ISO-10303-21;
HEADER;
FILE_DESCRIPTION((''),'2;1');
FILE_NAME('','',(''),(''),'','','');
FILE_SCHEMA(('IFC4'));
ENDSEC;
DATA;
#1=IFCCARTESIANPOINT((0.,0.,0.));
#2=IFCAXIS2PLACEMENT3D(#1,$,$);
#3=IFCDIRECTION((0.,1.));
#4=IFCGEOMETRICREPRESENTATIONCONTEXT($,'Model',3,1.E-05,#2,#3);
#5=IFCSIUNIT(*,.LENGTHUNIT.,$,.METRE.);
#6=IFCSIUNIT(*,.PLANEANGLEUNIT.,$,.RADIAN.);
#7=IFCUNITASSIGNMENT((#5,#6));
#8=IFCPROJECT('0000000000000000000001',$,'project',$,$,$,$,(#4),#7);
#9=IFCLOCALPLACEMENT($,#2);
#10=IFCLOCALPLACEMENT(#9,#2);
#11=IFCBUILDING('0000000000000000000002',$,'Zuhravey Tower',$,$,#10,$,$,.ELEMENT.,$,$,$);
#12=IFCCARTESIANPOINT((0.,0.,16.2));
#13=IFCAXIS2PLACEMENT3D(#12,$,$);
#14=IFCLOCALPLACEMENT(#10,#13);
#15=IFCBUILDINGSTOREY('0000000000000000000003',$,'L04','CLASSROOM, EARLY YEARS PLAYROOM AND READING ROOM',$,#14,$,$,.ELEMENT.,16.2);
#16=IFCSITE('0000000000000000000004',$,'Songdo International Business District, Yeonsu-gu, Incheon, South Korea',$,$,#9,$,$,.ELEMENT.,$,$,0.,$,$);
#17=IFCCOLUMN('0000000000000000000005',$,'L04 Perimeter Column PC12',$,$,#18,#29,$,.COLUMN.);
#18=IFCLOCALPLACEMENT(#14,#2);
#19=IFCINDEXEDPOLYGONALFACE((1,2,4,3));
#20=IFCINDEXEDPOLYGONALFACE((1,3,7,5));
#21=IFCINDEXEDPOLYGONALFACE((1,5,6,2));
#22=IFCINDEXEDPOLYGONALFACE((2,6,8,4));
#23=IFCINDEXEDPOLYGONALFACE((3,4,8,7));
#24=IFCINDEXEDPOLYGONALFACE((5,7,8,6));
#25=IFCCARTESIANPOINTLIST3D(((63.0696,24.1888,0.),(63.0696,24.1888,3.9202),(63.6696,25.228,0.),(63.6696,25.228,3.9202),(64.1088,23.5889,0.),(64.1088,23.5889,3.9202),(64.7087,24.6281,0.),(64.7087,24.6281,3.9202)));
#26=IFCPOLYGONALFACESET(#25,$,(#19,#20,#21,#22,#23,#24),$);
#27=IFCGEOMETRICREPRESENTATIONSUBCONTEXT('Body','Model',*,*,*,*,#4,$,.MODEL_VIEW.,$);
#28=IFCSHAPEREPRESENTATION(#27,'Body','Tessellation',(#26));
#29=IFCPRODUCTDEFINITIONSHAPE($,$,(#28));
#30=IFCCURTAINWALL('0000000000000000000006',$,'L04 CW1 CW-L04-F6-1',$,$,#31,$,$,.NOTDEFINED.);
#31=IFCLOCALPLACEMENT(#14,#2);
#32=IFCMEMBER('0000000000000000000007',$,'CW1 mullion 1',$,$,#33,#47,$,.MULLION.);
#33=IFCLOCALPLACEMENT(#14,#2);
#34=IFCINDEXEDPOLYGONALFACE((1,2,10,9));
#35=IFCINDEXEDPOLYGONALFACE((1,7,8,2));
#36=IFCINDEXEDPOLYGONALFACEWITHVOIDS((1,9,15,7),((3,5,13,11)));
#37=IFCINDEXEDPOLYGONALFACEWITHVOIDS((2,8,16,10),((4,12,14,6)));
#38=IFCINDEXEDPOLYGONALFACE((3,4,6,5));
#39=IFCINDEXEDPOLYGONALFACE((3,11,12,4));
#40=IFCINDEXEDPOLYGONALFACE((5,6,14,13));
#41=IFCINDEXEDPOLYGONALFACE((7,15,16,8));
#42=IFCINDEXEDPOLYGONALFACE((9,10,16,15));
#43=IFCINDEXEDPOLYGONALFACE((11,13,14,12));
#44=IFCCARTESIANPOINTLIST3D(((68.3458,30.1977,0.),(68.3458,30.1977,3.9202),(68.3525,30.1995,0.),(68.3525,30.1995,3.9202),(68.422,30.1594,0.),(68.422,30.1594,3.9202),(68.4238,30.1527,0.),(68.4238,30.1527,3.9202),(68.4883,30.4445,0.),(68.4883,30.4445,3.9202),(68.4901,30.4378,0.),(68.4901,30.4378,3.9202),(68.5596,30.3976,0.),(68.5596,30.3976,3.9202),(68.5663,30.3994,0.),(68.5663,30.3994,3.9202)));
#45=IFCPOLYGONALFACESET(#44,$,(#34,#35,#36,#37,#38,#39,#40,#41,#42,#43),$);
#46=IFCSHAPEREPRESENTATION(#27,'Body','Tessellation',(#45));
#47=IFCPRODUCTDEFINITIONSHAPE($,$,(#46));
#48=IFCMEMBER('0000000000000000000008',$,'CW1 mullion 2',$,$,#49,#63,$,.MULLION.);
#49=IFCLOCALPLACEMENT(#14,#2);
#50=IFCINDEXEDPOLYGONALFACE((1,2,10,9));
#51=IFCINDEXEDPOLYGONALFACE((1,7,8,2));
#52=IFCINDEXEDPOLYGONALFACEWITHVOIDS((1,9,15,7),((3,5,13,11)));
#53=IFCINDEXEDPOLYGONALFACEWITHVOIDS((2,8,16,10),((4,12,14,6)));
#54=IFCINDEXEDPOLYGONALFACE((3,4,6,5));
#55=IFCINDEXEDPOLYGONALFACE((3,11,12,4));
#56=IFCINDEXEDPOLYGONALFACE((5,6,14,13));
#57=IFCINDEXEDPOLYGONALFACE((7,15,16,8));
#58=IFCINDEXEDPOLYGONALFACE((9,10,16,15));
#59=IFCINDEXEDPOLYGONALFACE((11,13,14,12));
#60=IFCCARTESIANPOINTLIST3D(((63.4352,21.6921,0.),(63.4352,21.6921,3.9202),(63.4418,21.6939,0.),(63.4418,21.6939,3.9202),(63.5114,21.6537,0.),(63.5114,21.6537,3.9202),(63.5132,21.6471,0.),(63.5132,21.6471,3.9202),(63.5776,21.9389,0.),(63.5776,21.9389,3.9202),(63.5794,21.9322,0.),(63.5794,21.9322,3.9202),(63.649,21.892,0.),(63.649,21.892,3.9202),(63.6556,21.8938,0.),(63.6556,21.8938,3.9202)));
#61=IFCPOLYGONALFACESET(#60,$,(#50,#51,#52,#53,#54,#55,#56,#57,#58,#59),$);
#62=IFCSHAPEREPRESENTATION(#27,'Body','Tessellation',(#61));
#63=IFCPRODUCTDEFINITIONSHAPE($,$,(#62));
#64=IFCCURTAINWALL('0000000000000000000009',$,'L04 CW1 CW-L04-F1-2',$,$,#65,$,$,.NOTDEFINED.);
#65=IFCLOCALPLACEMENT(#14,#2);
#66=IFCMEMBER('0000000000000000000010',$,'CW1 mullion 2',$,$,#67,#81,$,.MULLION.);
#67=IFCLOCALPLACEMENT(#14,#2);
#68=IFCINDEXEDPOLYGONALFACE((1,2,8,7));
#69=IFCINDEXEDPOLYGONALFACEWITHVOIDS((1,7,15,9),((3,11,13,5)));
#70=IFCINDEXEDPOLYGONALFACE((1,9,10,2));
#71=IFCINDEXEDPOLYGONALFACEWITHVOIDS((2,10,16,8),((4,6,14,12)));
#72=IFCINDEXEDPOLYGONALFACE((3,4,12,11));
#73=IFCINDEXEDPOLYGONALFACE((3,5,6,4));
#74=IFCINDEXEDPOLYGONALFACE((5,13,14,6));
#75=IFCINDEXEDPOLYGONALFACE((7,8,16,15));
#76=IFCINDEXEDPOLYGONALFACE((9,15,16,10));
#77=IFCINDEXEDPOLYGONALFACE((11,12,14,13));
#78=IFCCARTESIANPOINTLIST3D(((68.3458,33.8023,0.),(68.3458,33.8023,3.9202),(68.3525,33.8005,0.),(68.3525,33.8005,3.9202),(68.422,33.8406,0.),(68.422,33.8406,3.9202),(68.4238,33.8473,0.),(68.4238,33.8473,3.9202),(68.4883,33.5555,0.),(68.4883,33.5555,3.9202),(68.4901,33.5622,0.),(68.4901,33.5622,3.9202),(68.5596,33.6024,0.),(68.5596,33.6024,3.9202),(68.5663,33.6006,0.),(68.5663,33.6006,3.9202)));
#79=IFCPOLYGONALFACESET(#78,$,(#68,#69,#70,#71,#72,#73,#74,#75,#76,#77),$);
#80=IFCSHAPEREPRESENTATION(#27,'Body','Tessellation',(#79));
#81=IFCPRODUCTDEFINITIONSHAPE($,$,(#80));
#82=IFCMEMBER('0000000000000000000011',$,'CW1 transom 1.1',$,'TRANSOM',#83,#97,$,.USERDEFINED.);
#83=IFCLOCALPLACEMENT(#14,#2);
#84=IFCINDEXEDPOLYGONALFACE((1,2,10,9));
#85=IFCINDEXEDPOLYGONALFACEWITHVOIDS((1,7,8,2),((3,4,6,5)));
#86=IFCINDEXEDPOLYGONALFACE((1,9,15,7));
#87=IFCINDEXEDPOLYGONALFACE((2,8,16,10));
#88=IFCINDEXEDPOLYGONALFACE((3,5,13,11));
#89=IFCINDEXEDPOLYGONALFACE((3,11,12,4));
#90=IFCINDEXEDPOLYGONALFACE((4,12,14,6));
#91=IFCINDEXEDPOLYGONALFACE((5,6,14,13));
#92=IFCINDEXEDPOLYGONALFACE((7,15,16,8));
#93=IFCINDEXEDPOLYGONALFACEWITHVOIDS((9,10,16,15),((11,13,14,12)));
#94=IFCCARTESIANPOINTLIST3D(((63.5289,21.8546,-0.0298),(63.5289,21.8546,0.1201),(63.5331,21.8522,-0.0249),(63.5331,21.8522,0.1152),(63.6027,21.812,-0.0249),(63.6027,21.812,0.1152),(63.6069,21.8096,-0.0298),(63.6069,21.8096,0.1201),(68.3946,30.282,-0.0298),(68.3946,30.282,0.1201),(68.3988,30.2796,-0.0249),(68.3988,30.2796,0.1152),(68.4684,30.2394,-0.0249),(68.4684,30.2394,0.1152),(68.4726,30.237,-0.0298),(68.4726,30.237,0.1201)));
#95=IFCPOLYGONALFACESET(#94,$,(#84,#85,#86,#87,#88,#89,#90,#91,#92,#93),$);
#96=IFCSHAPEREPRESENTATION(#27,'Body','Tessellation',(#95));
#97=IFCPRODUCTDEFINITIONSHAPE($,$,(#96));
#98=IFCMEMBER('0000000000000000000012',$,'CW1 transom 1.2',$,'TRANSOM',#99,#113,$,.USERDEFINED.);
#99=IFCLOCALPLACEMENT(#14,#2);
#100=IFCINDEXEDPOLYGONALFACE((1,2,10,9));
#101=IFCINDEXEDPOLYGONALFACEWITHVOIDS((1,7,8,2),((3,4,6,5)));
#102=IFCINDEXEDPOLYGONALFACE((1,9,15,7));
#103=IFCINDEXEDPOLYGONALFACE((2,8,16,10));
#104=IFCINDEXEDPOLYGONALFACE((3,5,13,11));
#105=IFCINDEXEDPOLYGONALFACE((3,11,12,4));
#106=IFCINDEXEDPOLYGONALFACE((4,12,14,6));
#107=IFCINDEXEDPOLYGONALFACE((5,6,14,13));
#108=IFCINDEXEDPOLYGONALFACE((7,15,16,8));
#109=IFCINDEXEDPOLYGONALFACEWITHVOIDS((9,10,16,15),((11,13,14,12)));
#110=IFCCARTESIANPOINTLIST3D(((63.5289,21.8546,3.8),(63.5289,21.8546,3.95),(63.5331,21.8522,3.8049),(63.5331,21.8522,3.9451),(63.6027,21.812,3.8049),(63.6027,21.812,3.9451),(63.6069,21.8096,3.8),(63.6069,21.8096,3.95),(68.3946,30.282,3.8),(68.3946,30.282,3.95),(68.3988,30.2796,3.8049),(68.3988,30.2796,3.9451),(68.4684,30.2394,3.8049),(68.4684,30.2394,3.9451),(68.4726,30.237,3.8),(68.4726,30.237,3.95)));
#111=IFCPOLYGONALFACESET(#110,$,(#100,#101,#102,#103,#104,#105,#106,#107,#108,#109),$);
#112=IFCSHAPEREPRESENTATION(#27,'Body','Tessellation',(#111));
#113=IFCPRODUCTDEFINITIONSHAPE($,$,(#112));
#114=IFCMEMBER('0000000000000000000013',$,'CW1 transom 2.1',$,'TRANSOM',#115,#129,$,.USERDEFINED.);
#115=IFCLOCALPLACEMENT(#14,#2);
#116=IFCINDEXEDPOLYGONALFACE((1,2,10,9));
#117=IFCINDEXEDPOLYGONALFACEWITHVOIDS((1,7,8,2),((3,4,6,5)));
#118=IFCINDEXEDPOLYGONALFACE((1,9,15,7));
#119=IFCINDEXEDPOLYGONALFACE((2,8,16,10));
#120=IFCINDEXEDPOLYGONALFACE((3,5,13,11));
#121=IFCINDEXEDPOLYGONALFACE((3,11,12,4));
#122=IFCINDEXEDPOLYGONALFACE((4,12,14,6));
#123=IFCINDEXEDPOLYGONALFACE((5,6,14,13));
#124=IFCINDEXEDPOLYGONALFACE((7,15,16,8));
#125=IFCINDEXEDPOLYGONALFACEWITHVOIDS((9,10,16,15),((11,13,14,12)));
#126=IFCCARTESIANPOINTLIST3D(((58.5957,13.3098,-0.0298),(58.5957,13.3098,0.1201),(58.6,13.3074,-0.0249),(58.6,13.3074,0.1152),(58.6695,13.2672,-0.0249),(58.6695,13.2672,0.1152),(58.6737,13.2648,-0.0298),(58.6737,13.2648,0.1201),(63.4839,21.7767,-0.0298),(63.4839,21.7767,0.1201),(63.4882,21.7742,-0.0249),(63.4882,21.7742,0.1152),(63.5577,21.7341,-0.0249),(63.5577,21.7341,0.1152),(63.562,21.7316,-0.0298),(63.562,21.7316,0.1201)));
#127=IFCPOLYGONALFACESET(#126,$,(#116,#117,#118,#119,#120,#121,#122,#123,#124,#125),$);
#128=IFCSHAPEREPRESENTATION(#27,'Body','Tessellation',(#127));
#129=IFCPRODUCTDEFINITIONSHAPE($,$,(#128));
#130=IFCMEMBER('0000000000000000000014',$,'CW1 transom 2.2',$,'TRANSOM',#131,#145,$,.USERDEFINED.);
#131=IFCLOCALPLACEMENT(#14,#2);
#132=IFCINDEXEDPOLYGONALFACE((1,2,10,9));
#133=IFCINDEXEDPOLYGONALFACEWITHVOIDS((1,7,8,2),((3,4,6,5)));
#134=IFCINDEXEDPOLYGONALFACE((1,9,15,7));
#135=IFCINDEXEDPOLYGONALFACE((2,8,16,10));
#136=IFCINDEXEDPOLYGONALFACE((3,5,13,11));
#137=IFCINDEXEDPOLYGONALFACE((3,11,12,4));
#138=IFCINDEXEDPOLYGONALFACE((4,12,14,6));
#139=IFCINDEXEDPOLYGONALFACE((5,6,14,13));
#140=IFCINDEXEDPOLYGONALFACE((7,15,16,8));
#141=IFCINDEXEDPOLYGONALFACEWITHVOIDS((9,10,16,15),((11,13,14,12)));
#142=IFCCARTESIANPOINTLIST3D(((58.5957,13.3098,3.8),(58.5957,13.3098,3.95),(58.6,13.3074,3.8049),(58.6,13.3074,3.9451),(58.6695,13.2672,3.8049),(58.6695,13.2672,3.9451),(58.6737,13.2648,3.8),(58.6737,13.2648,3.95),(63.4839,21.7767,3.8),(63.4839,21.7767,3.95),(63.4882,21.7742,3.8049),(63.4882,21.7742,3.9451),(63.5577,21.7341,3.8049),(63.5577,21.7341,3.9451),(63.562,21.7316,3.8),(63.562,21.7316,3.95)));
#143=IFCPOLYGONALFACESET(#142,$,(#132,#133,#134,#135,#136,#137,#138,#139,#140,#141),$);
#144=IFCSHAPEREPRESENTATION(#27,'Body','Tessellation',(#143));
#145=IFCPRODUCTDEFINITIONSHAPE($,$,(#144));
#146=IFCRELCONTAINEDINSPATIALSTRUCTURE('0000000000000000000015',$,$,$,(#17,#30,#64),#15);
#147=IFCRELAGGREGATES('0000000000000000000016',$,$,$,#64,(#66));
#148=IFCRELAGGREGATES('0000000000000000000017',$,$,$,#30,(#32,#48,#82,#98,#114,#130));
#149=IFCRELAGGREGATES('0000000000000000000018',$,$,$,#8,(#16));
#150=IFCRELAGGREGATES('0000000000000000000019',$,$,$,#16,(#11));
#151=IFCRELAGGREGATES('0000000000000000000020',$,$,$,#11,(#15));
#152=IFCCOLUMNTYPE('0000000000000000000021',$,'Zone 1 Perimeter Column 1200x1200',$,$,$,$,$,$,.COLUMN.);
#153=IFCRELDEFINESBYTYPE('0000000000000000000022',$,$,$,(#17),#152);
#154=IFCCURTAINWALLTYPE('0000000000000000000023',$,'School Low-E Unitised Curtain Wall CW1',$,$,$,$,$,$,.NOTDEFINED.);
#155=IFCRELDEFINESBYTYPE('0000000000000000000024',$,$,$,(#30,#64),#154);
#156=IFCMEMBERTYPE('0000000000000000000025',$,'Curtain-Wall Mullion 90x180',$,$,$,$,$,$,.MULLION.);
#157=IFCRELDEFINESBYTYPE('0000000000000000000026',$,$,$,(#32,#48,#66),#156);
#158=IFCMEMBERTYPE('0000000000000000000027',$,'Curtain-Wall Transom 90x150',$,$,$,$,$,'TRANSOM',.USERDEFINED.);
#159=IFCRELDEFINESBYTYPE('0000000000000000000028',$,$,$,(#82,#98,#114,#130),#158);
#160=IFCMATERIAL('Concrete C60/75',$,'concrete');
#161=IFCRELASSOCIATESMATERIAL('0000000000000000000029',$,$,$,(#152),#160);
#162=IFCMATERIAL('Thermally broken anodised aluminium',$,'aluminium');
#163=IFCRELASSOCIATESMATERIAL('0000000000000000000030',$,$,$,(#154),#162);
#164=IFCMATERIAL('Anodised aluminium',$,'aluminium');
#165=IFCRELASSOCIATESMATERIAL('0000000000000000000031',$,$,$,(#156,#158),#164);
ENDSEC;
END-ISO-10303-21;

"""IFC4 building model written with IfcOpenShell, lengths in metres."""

from ifc_helpers import new_model, si_unit, direction, frame, origin, origin_2d, place, context, subcontext, project, spatial, rectangle, hollow_rectangle, extrude, material, material_profile, profile_set, type_object, element, aggregate, save


model = new_model("IFC4")

# Units and contexts
model_context = context("Model", 3, precision=1e-05, world=origin(), true_north=direction((0.0, 1.0)))
body_context = subcontext(model_context, "Body", "Model", "MODEL_VIEW")
ifc_project = project(units=[si_unit("LENGTHUNIT", "METRE"), si_unit("PLANEANGLEUNIT", "RADIAN")], contexts=[model_context])

# Site, building, storey
site_placement = place(None, origin())
site = spatial("IfcSite", under=ifc_project, at=site_placement, Name="Songdo International Business District, Yeonsu-gu, Incheon, South Korea", CompositionType="ELEMENT", RefElevation=0.0)
building_placement = place(site_placement, origin())
building = spatial("IfcBuilding", under=site, at=building_placement, Name="Zuhravey Tower", CompositionType="ELEMENT")
storey_placement = place(building_placement, frame((0.0, 0.0, 16.2)))
storey = spatial("IfcBuildingStorey", under=building, at=storey_placement, Name="L04", Description="CLASSROOM, EARLY YEARS PLAYROOM AND READING ROOM", CompositionType="ELEMENT", Elevation=16.2)

# Column
ifc_material_1 = material(Name="Concrete C60/75", Category="concrete")
ifc_material_profile_1 = material_profile(ifc_material_1, rectangle(XDim=1.2, YDim=1.2, at=origin_2d()), Name="RC-1200x1200")
ifc_profile_set_1 = profile_set([ifc_material_profile_1], Name="Concrete C60/75")
column_type = type_object("IfcColumnType", Name="Zone 1 Perimeter Column 1200x1200", PredefinedType="COLUMN", material=ifc_profile_set_1)
column_placement = place(storey_placement, frame((63.8892, 24.4084, 0.0), z_axis=(0.0, 0.0, 1.0), x_axis=(0.5, 0.866025, 0.0)))
element("IfcColumn", 1, at=column_placement, inside=storey, type_object=column_type, Name="L04 Perimeter Column PC12", PredefinedType="COLUMN", context=body_context, shape_type="SweptSolid", body=[
    extrude(rectangle(XDim=1.2, YDim=1.2, at=origin_2d()), origin(), (0.0, 0.0, 1.0), 3.9202),
])

# Curtain wall, members
ifc_material_2 = material(Name="Thermally broken anodised aluminium", Category="aluminium")
curtain_wall_type = type_object("IfcCurtainWallType", Name="School Low-E Unitised Curtain Wall CW1", PredefinedType="NOTDEFINED", material=ifc_material_2)
curtain_wall_1_placement = place(storey_placement, origin())
curtain_wall_1 = element("IfcCurtainWall", 2, at=curtain_wall_1_placement, inside=storey, type_object=curtain_wall_type, Name="L04 CW1 CW-L04-F6-1", PredefinedType="NOTDEFINED")
ifc_material_3 = material(Name="Anodised aluminium", Category="aluminium")
ifc_material_profile_2 = material_profile(ifc_material_3, hollow_rectangle(XDim=0.0901, YDim=0.2849, WallThickness=0.0049, at=origin_2d()), Name="ALU-RHS-90x285x5")
ifc_profile_set_2 = profile_set([ifc_material_profile_2], Name="Anodised aluminium")
member_type_1 = type_object("IfcMemberType", Name="Curtain-Wall Mullion 90x180", PredefinedType="MULLION", material=ifc_profile_set_2)
member_1_placement = place(storey_placement, frame((68.4561, 30.2986, 0.0), z_axis=(0.0, 0.0, 1.0), x_axis=(0.866026, -0.5, 0.0)))
member_1 = element("IfcMember", 3, at=member_1_placement, type_object=member_type_1, Name="CW1 mullion 1", PredefinedType="MULLION", context=body_context, shape_type="SweptSolid", body=[
    extrude(hollow_rectangle(XDim=0.0901, YDim=0.2849, WallThickness=0.0049, at=origin_2d()), origin(), (0.0, 0.0, 1.0), 3.9202),
])
member_2_placement = place(storey_placement, frame((63.5454, 21.793, 0.0), z_axis=(0.0, 0.0, 1.0), x_axis=(0.866026, -0.5, 0.0)))
member_2 = element("IfcMember", 4, at=member_2_placement, type_object=member_type_1, Name="CW1 mullion 2", PredefinedType="MULLION", context=body_context, shape_type="SweptSolid", body=[
    extrude(hollow_rectangle(XDim=0.0901, YDim=0.2849, WallThickness=0.0049, at=origin_2d()), origin(), (0.0, 0.0, 1.0), 3.9202),
])

# Curtain wall, member
curtain_wall_2_placement = place(storey_placement, origin())
curtain_wall_2 = element("IfcCurtainWall", 5, at=curtain_wall_2_placement, inside=storey, type_object=curtain_wall_type, Name="L04 CW1 CW-L04-F1-2", PredefinedType="NOTDEFINED")
member_3_placement = place(storey_placement, frame((68.4561, 33.7014, 0.0), z_axis=(0.0, 0.0, 1.0), x_axis=(0.866027, 0.499998, 0.0)))
member_3 = element("IfcMember", 6, at=member_3_placement, type_object=member_type_1, Name="CW1 mullion 2", PredefinedType="MULLION", context=body_context, shape_type="SweptSolid", body=[
    extrude(hollow_rectangle(XDim=0.0901, YDim=0.2849, WallThickness=0.0049, at=origin_2d()), origin(), (0.0, 0.0, 1.0), 3.9202),
])
aggregate(curtain_wall_2, [member_3])

# Members
ifc_material_profile_3 = material_profile(ifc_material_3, hollow_rectangle(XDim=0.0901, YDim=0.1499, WallThickness=0.0049, at=origin_2d()), Name="ALU-RHS-90x150x5")
ifc_profile_set_3 = profile_set([ifc_material_profile_3], Name="Anodised aluminium")
member_type_2 = type_object("IfcMemberType", Name="Curtain-Wall Transom 90x150", ElementType="TRANSOM", PredefinedType="USERDEFINED", material=ifc_profile_set_3)
member_4_placement = place(storey_placement, frame((68.4336, 30.2595, 0.0452), z_axis=(-0.500008, -0.866021, 0.0), x_axis=(0.866021, -0.500008, 0.0)))
member_4 = element("IfcMember", 7, at=member_4_placement, type_object=member_type_2, Name="CW1 transom 1.1", ObjectType="TRANSOM", PredefinedType="USERDEFINED", context=body_context, shape_type="SweptSolid", body=[
    extrude(hollow_rectangle(XDim=0.0901, YDim=0.1499, WallThickness=0.0049, at=origin_2d()), origin(), (0.0, 0.0, 1.0), 9.7312),
])
member_5_placement = place(storey_placement, frame((68.4336, 30.2595, 3.875), z_axis=(-0.500008, -0.866021, 0.0), x_axis=(0.866021, -0.500008, 0.0)))
member_5 = element("IfcMember", 8, at=member_5_placement, type_object=member_type_2, Name="CW1 transom 1.2", ObjectType="TRANSOM", PredefinedType="USERDEFINED", context=body_context, shape_type="SweptSolid", body=[
    extrude(hollow_rectangle(XDim=0.0901, YDim=0.1499, WallThickness=0.0049, at=origin_2d()), origin(), (0.0, 0.0, 1.0), 9.7312),
])
member_6_placement = place(storey_placement, frame((63.5229, 21.7542, 0.0452), z_axis=(-0.49999, -0.866031, 0.0), x_axis=(0.866031, -0.49999, 0.0)))
member_6 = element("IfcMember", 9, at=member_6_placement, type_object=member_type_2, Name="CW1 transom 2.1", ObjectType="TRANSOM", PredefinedType="USERDEFINED", context=body_context, shape_type="SweptSolid", body=[
    extrude(hollow_rectangle(XDim=0.0901, YDim=0.1499, WallThickness=0.0049, at=origin_2d()), origin(), (0.0, 0.0, 1.0), 9.7766),
])
member_7_placement = place(storey_placement, frame((63.5229, 21.7542, 3.875), z_axis=(-0.49999, -0.866031, 0.0), x_axis=(0.866031, -0.49999, 0.0)))
member_7 = element("IfcMember", 10, at=member_7_placement, type_object=member_type_2, Name="CW1 transom 2.2", ObjectType="TRANSOM", PredefinedType="USERDEFINED", context=body_context, shape_type="SweptSolid", body=[
    extrude(hollow_rectangle(XDim=0.0901, YDim=0.1499, WallThickness=0.0049, at=origin_2d()), origin(), (0.0, 0.0, 1.0), 9.7766),
])

aggregate(curtain_wall_1, [member_1, member_2, member_4, member_5, member_6, member_7])

save(model, "model.ifc")
